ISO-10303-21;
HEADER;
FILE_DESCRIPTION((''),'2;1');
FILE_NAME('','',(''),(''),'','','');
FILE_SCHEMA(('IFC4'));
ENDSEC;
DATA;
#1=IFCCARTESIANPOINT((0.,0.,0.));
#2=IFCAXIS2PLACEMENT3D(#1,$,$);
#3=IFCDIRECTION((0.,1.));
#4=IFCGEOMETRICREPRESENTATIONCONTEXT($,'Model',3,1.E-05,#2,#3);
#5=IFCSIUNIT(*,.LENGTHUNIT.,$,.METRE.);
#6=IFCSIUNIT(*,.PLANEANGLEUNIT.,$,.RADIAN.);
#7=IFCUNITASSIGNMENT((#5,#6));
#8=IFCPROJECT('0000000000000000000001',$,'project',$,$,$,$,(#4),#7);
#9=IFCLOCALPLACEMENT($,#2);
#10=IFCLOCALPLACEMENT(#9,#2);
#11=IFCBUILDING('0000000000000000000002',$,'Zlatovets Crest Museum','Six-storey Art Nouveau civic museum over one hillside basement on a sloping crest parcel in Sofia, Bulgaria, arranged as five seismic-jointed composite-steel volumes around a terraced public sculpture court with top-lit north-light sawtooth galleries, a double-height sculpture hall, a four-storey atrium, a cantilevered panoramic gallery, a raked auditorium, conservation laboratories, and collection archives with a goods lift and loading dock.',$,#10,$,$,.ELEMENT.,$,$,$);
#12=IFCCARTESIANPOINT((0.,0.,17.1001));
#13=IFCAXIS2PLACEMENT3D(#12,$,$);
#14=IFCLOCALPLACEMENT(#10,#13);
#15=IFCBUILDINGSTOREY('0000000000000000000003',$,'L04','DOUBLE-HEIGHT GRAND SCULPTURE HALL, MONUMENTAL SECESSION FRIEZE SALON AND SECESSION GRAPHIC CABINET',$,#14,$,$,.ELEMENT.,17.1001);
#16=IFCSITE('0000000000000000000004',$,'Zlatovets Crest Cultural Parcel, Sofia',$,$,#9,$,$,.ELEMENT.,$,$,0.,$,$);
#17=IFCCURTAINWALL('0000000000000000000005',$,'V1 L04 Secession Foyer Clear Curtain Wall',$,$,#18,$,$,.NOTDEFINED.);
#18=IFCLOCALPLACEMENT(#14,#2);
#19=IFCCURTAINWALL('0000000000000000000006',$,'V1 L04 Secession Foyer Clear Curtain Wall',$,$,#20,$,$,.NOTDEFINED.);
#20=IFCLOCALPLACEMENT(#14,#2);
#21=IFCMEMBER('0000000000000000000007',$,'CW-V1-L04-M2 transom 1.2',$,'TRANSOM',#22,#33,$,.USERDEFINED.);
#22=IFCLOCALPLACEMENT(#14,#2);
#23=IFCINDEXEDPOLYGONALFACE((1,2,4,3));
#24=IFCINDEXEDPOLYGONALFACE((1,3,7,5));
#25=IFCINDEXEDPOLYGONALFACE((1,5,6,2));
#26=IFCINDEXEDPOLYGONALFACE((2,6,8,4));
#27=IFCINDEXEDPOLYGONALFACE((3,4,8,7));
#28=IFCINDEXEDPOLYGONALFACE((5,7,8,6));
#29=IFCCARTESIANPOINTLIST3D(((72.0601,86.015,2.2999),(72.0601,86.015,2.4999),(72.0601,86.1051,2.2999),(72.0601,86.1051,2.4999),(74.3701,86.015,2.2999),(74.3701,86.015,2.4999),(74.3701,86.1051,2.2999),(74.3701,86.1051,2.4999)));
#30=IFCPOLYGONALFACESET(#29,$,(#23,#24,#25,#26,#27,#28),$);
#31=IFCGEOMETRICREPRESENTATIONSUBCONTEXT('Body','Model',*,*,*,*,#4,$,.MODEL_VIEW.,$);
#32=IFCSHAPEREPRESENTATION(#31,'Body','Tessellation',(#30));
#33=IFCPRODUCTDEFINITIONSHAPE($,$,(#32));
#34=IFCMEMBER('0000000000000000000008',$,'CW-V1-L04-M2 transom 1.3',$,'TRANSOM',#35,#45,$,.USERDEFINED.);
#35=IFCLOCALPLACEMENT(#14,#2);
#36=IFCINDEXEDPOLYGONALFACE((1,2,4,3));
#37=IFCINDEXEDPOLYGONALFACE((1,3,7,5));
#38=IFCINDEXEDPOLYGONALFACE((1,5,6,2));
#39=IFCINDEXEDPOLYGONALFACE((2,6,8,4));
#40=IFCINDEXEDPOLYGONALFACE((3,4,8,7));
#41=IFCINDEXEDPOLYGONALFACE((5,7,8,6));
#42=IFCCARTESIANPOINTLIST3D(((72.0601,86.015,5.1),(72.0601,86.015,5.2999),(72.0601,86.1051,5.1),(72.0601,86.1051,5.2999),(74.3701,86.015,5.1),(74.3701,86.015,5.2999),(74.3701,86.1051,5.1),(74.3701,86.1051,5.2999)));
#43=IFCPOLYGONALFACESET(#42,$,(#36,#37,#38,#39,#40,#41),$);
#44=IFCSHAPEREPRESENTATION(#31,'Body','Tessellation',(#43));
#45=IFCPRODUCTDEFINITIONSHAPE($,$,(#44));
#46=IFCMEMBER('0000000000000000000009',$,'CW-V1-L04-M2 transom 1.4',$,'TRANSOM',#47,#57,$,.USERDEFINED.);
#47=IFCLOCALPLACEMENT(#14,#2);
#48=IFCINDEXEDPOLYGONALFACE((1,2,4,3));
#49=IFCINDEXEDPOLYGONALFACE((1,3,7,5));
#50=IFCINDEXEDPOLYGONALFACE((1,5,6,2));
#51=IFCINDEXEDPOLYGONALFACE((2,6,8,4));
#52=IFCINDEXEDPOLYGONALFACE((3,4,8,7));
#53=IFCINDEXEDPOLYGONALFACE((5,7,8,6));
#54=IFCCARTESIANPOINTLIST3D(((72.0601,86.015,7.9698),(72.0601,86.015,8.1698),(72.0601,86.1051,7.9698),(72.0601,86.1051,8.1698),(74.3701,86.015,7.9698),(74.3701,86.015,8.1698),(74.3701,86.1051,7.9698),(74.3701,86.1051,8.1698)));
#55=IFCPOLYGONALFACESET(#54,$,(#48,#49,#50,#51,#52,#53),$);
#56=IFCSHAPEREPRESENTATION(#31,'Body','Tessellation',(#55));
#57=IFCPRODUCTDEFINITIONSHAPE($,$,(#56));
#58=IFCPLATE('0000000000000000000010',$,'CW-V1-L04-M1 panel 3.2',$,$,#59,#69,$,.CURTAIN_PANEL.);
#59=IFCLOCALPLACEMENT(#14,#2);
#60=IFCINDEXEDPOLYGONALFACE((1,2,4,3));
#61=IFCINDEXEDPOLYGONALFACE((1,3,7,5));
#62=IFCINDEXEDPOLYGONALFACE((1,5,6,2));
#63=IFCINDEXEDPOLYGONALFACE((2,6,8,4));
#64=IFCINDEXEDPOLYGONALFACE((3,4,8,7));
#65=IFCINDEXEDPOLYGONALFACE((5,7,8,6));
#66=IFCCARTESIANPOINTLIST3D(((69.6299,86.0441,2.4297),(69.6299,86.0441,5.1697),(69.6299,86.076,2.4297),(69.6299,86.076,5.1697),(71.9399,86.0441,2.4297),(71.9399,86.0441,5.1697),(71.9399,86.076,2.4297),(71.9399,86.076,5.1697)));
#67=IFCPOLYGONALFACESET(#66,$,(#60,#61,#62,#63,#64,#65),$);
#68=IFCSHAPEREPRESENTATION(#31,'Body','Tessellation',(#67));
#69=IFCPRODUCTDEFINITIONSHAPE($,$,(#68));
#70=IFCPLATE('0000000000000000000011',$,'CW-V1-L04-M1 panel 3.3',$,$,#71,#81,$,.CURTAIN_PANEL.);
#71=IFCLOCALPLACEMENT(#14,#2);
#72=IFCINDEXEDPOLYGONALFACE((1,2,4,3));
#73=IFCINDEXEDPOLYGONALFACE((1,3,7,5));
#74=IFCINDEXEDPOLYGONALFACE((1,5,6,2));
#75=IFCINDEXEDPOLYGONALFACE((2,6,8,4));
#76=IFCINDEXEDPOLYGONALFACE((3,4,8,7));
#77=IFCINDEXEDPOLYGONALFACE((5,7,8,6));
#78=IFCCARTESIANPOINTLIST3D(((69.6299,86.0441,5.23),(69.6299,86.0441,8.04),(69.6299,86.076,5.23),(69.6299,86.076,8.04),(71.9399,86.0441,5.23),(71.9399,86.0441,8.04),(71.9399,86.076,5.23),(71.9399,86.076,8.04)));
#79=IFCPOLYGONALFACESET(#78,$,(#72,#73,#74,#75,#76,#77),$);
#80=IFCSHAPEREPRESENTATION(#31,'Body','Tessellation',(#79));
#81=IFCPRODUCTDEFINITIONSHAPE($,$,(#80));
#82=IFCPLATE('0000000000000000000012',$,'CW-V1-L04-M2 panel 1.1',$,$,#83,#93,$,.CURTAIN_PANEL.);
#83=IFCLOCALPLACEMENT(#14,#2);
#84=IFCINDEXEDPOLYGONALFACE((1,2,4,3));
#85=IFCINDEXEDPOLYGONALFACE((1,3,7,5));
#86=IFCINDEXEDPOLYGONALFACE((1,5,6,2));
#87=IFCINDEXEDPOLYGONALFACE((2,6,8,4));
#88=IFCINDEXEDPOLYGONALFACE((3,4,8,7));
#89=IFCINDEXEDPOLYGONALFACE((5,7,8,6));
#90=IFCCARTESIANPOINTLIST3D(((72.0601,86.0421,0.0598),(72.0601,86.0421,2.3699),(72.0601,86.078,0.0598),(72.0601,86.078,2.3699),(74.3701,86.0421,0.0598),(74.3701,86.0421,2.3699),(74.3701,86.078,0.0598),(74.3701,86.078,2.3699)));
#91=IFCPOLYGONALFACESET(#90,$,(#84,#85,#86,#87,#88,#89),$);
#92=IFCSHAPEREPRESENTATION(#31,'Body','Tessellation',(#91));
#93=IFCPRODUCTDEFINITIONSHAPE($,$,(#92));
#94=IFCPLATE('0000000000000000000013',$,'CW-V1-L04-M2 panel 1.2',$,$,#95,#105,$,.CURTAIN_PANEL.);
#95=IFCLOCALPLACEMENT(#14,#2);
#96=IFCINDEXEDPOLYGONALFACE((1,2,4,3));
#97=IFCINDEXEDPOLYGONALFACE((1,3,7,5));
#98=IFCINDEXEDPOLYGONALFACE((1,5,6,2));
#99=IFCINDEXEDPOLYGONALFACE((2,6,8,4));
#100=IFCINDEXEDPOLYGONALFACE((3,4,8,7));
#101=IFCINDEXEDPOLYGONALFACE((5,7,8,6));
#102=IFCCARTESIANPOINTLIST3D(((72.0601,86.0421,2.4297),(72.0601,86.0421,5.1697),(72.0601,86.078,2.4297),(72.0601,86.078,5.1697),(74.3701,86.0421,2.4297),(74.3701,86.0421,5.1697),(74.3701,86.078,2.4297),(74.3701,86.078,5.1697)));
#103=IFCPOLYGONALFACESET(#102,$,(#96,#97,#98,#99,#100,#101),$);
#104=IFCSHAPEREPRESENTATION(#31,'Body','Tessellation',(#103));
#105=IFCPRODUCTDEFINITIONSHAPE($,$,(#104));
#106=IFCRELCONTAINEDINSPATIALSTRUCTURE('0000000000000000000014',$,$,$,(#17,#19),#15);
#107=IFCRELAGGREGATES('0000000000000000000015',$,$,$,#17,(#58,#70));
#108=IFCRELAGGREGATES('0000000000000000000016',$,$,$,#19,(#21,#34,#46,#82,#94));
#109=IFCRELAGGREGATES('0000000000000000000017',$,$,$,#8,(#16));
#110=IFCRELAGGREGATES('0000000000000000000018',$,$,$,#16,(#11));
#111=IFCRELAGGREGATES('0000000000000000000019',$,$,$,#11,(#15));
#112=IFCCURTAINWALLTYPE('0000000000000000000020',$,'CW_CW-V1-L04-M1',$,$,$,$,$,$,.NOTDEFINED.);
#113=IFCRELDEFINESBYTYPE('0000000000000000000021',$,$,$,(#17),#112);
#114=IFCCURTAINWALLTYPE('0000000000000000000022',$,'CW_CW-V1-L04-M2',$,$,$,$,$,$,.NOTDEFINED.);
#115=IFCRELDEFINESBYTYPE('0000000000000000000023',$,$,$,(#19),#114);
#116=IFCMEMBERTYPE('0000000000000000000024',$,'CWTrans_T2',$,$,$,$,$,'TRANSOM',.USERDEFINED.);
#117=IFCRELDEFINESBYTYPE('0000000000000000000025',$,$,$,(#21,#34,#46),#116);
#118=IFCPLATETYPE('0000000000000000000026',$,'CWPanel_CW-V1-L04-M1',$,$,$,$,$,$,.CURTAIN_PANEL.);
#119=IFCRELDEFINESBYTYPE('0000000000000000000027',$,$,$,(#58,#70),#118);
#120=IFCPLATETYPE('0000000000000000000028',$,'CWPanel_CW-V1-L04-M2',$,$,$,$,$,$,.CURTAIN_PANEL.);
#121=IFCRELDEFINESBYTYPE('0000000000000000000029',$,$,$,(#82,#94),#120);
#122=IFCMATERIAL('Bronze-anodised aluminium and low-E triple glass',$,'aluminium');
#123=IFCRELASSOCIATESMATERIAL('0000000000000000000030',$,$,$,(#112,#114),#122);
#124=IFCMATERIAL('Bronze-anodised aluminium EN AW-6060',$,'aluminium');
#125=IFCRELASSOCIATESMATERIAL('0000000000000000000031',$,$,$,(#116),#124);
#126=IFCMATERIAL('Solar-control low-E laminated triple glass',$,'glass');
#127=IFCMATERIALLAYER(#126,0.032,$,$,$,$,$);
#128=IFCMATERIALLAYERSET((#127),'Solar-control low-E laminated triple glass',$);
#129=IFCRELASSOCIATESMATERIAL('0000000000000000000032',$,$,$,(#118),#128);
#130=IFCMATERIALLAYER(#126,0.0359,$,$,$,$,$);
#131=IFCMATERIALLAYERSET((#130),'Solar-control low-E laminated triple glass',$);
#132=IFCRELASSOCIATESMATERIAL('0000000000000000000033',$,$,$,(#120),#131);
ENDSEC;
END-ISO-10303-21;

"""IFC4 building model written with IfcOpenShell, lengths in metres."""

from ifc_helpers import new_model, si_unit, direction, frame, origin, origin_2d, place, context, subcontext, project, spatial, rectangle, extrude, material, layer, layer_set, material_profile, profile_set, type_object, element, aggregate, save


model = new_model("IFC4")

# Units and contexts
model_context = context("Model", 3, precision=1e-05, world=origin(), true_north=direction((0.0, 1.0)))
body_context = subcontext(model_context, "Body", "Model", "MODEL_VIEW")
ifc_project = project(units=[si_unit("LENGTHUNIT", "METRE"), si_unit("PLANEANGLEUNIT", "RADIAN")], contexts=[model_context])

# Site, building, storey
site_placement = place(None, origin())
site = spatial("IfcSite", under=ifc_project, at=site_placement, Name="Zlatovets Crest Cultural Parcel, Sofia", CompositionType="ELEMENT", RefElevation=0.0)
building_placement = place(site_placement, origin())
building = spatial("IfcBuilding", under=site, at=building_placement, Name="Zlatovets Crest Museum", Description="Six-storey Art Nouveau civic museum over one hillside basement on a sloping crest parcel in Sofia, Bulgaria, arranged as five seismic-jointed composite-steel volumes around a terraced public sculpture court with top-lit north-light sawtooth galleries, a double-height sculpture hall, a four-storey atrium, a cantilevered panoramic gallery, a raked auditorium, conservation laboratories, and collection archives with a goods lift and loading dock.", CompositionType="ELEMENT")
storey_placement = place(building_placement, frame((0.0, 0.0, 17.1001)))
storey = spatial("IfcBuildingStorey", under=building, at=storey_placement, Name="L04", Description="DOUBLE-HEIGHT GRAND SCULPTURE HALL, MONUMENTAL SECESSION FRIEZE SALON AND SECESSION GRAPHIC CABINET", CompositionType="ELEMENT", Elevation=17.1001)

# Curtain wall
ifc_material_1 = material(Name="Bronze-anodised aluminium and low-E triple glass", Category="aluminium")
curtain_wall_type_1 = type_object("IfcCurtainWallType", Name="CW_CW-V1-L04-M1", PredefinedType="NOTDEFINED", material=ifc_material_1)
curtain_wall_1_placement = place(storey_placement, origin())
curtain_wall_1 = element("IfcCurtainWall", 1, at=curtain_wall_1_placement, inside=storey, type_object=curtain_wall_type_1, Name="V1 L04 Secession Foyer Clear Curtain Wall", PredefinedType="NOTDEFINED")
ifc_material_2 = material(Name="Bronze-anodised aluminium EN AW-6060", Category="aluminium")

# Curtain wall, members
curtain_wall_type_2 = type_object("IfcCurtainWallType", Name="CW_CW-V1-L04-M2", PredefinedType="NOTDEFINED", material=ifc_material_1)
curtain_wall_2_placement = place(storey_placement, origin())
curtain_wall_2 = element("IfcCurtainWall", 2, at=curtain_wall_2_placement, inside=storey, type_object=curtain_wall_type_2, Name="V1 L04 Secession Foyer Clear Curtain Wall", PredefinedType="NOTDEFINED")
ifc_material_profile_1 = material_profile(ifc_material_2, rectangle(XDim=0.0901, YDim=0.2, at=origin_2d()), Name="ALU 90x200")
ifc_profile_set_1 = profile_set([ifc_material_profile_1], Name="Bronze-anodised aluminium EN AW-6060")
member_type_1 = type_object("IfcMemberType", Name="CWTrans_T2", ElementType="TRANSOM", PredefinedType="USERDEFINED", material=ifc_profile_set_1)
member_1_placement = place(storey_placement, frame((72.0601, 86.0601, 2.3999), z_axis=(1.0, 0.0, 0.0), x_axis=(0.0, 1.0, 0.0)))
member_1 = element("IfcMember", 3, at=member_1_placement, type_object=member_type_1, Name="CW-V1-L04-M2 transom 1.2", ObjectType="TRANSOM", PredefinedType="USERDEFINED", context=body_context, shape_type="SweptSolid", body=[
    extrude(rectangle(XDim=0.0901, YDim=0.2, at=origin_2d()), origin(), (0.0, 0.0, 1.0), 2.3101),
])
member_2_placement = place(storey_placement, frame((72.0601, 86.0601, 5.2), z_axis=(1.0, 0.0, 0.0), x_axis=(0.0, 1.0, 0.0)))
member_2 = element("IfcMember", 4, at=member_2_placement, type_object=member_type_1, Name="CW-V1-L04-M2 transom 1.3", ObjectType="TRANSOM", PredefinedType="USERDEFINED", context=body_context, shape_type="SweptSolid", body=[
    extrude(rectangle(XDim=0.0901, YDim=0.2, at=origin_2d()), origin(), (0.0, 0.0, 1.0), 2.3101),
])
member_3_placement = place(storey_placement, frame((72.0601, 86.0601, 8.0698), z_axis=(1.0, 0.0, 0.0), x_axis=(0.0, 1.0, 0.0)))
member_3 = element("IfcMember", 5, at=member_3_placement, type_object=member_type_1, Name="CW-V1-L04-M2 transom 1.4", ObjectType="TRANSOM", PredefinedType="USERDEFINED", context=body_context, shape_type="SweptSolid", body=[
    extrude(rectangle(XDim=0.0901, YDim=0.2, at=origin_2d()), origin(), (0.0, 0.0, 1.0), 2.3101),
])

# Plates
ifc_material_3 = material(Name="Solar-control low-E laminated triple glass", Category="glass")
ifc_layer_1 = layer(ifc_material_3, 0.032)
ifc_layer_set_1 = layer_set([ifc_layer_1], Name="Solar-control low-E laminated triple glass")
plate_type_1 = type_object("IfcPlateType", Name="CWPanel_CW-V1-L04-M1", PredefinedType="CURTAIN_PANEL", material=ifc_layer_set_1)
plate_1_placement = place(storey_placement, frame((70.7849, 86.0601, 2.4297), z_axis=(0.0, 0.0, 1.0), x_axis=(1.0, 0.0, 0.0)))
plate_1 = element("IfcPlate", 6, at=plate_1_placement, type_object=plate_type_1, Name="CW-V1-L04-M1 panel 3.2", PredefinedType="CURTAIN_PANEL", context=body_context, shape_type="SweptSolid", body=[
    extrude(rectangle(XDim=2.3101, YDim=0.032, at=origin_2d()), origin(), (0.0, 0.0, 1.0), 2.74),
])
plate_2_placement = place(storey_placement, frame((70.7849, 86.0601, 5.23), z_axis=(0.0, 0.0, 1.0), x_axis=(1.0, 0.0, 0.0)))
plate_2 = element("IfcPlate", 7, at=plate_2_placement, type_object=plate_type_1, Name="CW-V1-L04-M1 panel 3.3", PredefinedType="CURTAIN_PANEL", context=body_context, shape_type="SweptSolid", body=[
    extrude(rectangle(XDim=2.3101, YDim=0.032, at=origin_2d()), origin(), (0.0, 0.0, 1.0), 2.8101),
])
aggregate(curtain_wall_1, [plate_1, plate_2])
ifc_layer_2 = layer(ifc_material_3, 0.0359)
ifc_layer_set_2 = layer_set([ifc_layer_2], Name="Solar-control low-E laminated triple glass")
plate_type_2 = type_object("IfcPlateType", Name="CWPanel_CW-V1-L04-M2", PredefinedType="CURTAIN_PANEL", material=ifc_layer_set_2)
plate_3_placement = place(storey_placement, frame((73.2151, 86.0601, 0.0598), z_axis=(0.0, 0.0, 1.0), x_axis=(1.0, 0.0, 0.0)))
plate_3 = element("IfcPlate", 8, at=plate_3_placement, type_object=plate_type_2, Name="CW-V1-L04-M2 panel 1.1", PredefinedType="CURTAIN_PANEL", context=body_context, shape_type="SweptSolid", body=[
    extrude(rectangle(XDim=2.3101, YDim=0.0359, at=origin_2d()), origin(), (0.0, 0.0, 1.0), 2.3101),
])
plate_4_placement = place(storey_placement, frame((73.2151, 86.0601, 2.4297), z_axis=(0.0, 0.0, 1.0), x_axis=(1.0, 0.0, 0.0)))
plate_4 = element("IfcPlate", 9, at=plate_4_placement, type_object=plate_type_2, Name="CW-V1-L04-M2 panel 1.2", PredefinedType="CURTAIN_PANEL", context=body_context, shape_type="SweptSolid", body=[
    extrude(rectangle(XDim=2.3101, YDim=0.0359, at=origin_2d()), origin(), (0.0, 0.0, 1.0), 2.74),
])
aggregate(curtain_wall_2, [member_1, member_2, member_3, plate_3, plate_4])

save(model, "model.ifc")
